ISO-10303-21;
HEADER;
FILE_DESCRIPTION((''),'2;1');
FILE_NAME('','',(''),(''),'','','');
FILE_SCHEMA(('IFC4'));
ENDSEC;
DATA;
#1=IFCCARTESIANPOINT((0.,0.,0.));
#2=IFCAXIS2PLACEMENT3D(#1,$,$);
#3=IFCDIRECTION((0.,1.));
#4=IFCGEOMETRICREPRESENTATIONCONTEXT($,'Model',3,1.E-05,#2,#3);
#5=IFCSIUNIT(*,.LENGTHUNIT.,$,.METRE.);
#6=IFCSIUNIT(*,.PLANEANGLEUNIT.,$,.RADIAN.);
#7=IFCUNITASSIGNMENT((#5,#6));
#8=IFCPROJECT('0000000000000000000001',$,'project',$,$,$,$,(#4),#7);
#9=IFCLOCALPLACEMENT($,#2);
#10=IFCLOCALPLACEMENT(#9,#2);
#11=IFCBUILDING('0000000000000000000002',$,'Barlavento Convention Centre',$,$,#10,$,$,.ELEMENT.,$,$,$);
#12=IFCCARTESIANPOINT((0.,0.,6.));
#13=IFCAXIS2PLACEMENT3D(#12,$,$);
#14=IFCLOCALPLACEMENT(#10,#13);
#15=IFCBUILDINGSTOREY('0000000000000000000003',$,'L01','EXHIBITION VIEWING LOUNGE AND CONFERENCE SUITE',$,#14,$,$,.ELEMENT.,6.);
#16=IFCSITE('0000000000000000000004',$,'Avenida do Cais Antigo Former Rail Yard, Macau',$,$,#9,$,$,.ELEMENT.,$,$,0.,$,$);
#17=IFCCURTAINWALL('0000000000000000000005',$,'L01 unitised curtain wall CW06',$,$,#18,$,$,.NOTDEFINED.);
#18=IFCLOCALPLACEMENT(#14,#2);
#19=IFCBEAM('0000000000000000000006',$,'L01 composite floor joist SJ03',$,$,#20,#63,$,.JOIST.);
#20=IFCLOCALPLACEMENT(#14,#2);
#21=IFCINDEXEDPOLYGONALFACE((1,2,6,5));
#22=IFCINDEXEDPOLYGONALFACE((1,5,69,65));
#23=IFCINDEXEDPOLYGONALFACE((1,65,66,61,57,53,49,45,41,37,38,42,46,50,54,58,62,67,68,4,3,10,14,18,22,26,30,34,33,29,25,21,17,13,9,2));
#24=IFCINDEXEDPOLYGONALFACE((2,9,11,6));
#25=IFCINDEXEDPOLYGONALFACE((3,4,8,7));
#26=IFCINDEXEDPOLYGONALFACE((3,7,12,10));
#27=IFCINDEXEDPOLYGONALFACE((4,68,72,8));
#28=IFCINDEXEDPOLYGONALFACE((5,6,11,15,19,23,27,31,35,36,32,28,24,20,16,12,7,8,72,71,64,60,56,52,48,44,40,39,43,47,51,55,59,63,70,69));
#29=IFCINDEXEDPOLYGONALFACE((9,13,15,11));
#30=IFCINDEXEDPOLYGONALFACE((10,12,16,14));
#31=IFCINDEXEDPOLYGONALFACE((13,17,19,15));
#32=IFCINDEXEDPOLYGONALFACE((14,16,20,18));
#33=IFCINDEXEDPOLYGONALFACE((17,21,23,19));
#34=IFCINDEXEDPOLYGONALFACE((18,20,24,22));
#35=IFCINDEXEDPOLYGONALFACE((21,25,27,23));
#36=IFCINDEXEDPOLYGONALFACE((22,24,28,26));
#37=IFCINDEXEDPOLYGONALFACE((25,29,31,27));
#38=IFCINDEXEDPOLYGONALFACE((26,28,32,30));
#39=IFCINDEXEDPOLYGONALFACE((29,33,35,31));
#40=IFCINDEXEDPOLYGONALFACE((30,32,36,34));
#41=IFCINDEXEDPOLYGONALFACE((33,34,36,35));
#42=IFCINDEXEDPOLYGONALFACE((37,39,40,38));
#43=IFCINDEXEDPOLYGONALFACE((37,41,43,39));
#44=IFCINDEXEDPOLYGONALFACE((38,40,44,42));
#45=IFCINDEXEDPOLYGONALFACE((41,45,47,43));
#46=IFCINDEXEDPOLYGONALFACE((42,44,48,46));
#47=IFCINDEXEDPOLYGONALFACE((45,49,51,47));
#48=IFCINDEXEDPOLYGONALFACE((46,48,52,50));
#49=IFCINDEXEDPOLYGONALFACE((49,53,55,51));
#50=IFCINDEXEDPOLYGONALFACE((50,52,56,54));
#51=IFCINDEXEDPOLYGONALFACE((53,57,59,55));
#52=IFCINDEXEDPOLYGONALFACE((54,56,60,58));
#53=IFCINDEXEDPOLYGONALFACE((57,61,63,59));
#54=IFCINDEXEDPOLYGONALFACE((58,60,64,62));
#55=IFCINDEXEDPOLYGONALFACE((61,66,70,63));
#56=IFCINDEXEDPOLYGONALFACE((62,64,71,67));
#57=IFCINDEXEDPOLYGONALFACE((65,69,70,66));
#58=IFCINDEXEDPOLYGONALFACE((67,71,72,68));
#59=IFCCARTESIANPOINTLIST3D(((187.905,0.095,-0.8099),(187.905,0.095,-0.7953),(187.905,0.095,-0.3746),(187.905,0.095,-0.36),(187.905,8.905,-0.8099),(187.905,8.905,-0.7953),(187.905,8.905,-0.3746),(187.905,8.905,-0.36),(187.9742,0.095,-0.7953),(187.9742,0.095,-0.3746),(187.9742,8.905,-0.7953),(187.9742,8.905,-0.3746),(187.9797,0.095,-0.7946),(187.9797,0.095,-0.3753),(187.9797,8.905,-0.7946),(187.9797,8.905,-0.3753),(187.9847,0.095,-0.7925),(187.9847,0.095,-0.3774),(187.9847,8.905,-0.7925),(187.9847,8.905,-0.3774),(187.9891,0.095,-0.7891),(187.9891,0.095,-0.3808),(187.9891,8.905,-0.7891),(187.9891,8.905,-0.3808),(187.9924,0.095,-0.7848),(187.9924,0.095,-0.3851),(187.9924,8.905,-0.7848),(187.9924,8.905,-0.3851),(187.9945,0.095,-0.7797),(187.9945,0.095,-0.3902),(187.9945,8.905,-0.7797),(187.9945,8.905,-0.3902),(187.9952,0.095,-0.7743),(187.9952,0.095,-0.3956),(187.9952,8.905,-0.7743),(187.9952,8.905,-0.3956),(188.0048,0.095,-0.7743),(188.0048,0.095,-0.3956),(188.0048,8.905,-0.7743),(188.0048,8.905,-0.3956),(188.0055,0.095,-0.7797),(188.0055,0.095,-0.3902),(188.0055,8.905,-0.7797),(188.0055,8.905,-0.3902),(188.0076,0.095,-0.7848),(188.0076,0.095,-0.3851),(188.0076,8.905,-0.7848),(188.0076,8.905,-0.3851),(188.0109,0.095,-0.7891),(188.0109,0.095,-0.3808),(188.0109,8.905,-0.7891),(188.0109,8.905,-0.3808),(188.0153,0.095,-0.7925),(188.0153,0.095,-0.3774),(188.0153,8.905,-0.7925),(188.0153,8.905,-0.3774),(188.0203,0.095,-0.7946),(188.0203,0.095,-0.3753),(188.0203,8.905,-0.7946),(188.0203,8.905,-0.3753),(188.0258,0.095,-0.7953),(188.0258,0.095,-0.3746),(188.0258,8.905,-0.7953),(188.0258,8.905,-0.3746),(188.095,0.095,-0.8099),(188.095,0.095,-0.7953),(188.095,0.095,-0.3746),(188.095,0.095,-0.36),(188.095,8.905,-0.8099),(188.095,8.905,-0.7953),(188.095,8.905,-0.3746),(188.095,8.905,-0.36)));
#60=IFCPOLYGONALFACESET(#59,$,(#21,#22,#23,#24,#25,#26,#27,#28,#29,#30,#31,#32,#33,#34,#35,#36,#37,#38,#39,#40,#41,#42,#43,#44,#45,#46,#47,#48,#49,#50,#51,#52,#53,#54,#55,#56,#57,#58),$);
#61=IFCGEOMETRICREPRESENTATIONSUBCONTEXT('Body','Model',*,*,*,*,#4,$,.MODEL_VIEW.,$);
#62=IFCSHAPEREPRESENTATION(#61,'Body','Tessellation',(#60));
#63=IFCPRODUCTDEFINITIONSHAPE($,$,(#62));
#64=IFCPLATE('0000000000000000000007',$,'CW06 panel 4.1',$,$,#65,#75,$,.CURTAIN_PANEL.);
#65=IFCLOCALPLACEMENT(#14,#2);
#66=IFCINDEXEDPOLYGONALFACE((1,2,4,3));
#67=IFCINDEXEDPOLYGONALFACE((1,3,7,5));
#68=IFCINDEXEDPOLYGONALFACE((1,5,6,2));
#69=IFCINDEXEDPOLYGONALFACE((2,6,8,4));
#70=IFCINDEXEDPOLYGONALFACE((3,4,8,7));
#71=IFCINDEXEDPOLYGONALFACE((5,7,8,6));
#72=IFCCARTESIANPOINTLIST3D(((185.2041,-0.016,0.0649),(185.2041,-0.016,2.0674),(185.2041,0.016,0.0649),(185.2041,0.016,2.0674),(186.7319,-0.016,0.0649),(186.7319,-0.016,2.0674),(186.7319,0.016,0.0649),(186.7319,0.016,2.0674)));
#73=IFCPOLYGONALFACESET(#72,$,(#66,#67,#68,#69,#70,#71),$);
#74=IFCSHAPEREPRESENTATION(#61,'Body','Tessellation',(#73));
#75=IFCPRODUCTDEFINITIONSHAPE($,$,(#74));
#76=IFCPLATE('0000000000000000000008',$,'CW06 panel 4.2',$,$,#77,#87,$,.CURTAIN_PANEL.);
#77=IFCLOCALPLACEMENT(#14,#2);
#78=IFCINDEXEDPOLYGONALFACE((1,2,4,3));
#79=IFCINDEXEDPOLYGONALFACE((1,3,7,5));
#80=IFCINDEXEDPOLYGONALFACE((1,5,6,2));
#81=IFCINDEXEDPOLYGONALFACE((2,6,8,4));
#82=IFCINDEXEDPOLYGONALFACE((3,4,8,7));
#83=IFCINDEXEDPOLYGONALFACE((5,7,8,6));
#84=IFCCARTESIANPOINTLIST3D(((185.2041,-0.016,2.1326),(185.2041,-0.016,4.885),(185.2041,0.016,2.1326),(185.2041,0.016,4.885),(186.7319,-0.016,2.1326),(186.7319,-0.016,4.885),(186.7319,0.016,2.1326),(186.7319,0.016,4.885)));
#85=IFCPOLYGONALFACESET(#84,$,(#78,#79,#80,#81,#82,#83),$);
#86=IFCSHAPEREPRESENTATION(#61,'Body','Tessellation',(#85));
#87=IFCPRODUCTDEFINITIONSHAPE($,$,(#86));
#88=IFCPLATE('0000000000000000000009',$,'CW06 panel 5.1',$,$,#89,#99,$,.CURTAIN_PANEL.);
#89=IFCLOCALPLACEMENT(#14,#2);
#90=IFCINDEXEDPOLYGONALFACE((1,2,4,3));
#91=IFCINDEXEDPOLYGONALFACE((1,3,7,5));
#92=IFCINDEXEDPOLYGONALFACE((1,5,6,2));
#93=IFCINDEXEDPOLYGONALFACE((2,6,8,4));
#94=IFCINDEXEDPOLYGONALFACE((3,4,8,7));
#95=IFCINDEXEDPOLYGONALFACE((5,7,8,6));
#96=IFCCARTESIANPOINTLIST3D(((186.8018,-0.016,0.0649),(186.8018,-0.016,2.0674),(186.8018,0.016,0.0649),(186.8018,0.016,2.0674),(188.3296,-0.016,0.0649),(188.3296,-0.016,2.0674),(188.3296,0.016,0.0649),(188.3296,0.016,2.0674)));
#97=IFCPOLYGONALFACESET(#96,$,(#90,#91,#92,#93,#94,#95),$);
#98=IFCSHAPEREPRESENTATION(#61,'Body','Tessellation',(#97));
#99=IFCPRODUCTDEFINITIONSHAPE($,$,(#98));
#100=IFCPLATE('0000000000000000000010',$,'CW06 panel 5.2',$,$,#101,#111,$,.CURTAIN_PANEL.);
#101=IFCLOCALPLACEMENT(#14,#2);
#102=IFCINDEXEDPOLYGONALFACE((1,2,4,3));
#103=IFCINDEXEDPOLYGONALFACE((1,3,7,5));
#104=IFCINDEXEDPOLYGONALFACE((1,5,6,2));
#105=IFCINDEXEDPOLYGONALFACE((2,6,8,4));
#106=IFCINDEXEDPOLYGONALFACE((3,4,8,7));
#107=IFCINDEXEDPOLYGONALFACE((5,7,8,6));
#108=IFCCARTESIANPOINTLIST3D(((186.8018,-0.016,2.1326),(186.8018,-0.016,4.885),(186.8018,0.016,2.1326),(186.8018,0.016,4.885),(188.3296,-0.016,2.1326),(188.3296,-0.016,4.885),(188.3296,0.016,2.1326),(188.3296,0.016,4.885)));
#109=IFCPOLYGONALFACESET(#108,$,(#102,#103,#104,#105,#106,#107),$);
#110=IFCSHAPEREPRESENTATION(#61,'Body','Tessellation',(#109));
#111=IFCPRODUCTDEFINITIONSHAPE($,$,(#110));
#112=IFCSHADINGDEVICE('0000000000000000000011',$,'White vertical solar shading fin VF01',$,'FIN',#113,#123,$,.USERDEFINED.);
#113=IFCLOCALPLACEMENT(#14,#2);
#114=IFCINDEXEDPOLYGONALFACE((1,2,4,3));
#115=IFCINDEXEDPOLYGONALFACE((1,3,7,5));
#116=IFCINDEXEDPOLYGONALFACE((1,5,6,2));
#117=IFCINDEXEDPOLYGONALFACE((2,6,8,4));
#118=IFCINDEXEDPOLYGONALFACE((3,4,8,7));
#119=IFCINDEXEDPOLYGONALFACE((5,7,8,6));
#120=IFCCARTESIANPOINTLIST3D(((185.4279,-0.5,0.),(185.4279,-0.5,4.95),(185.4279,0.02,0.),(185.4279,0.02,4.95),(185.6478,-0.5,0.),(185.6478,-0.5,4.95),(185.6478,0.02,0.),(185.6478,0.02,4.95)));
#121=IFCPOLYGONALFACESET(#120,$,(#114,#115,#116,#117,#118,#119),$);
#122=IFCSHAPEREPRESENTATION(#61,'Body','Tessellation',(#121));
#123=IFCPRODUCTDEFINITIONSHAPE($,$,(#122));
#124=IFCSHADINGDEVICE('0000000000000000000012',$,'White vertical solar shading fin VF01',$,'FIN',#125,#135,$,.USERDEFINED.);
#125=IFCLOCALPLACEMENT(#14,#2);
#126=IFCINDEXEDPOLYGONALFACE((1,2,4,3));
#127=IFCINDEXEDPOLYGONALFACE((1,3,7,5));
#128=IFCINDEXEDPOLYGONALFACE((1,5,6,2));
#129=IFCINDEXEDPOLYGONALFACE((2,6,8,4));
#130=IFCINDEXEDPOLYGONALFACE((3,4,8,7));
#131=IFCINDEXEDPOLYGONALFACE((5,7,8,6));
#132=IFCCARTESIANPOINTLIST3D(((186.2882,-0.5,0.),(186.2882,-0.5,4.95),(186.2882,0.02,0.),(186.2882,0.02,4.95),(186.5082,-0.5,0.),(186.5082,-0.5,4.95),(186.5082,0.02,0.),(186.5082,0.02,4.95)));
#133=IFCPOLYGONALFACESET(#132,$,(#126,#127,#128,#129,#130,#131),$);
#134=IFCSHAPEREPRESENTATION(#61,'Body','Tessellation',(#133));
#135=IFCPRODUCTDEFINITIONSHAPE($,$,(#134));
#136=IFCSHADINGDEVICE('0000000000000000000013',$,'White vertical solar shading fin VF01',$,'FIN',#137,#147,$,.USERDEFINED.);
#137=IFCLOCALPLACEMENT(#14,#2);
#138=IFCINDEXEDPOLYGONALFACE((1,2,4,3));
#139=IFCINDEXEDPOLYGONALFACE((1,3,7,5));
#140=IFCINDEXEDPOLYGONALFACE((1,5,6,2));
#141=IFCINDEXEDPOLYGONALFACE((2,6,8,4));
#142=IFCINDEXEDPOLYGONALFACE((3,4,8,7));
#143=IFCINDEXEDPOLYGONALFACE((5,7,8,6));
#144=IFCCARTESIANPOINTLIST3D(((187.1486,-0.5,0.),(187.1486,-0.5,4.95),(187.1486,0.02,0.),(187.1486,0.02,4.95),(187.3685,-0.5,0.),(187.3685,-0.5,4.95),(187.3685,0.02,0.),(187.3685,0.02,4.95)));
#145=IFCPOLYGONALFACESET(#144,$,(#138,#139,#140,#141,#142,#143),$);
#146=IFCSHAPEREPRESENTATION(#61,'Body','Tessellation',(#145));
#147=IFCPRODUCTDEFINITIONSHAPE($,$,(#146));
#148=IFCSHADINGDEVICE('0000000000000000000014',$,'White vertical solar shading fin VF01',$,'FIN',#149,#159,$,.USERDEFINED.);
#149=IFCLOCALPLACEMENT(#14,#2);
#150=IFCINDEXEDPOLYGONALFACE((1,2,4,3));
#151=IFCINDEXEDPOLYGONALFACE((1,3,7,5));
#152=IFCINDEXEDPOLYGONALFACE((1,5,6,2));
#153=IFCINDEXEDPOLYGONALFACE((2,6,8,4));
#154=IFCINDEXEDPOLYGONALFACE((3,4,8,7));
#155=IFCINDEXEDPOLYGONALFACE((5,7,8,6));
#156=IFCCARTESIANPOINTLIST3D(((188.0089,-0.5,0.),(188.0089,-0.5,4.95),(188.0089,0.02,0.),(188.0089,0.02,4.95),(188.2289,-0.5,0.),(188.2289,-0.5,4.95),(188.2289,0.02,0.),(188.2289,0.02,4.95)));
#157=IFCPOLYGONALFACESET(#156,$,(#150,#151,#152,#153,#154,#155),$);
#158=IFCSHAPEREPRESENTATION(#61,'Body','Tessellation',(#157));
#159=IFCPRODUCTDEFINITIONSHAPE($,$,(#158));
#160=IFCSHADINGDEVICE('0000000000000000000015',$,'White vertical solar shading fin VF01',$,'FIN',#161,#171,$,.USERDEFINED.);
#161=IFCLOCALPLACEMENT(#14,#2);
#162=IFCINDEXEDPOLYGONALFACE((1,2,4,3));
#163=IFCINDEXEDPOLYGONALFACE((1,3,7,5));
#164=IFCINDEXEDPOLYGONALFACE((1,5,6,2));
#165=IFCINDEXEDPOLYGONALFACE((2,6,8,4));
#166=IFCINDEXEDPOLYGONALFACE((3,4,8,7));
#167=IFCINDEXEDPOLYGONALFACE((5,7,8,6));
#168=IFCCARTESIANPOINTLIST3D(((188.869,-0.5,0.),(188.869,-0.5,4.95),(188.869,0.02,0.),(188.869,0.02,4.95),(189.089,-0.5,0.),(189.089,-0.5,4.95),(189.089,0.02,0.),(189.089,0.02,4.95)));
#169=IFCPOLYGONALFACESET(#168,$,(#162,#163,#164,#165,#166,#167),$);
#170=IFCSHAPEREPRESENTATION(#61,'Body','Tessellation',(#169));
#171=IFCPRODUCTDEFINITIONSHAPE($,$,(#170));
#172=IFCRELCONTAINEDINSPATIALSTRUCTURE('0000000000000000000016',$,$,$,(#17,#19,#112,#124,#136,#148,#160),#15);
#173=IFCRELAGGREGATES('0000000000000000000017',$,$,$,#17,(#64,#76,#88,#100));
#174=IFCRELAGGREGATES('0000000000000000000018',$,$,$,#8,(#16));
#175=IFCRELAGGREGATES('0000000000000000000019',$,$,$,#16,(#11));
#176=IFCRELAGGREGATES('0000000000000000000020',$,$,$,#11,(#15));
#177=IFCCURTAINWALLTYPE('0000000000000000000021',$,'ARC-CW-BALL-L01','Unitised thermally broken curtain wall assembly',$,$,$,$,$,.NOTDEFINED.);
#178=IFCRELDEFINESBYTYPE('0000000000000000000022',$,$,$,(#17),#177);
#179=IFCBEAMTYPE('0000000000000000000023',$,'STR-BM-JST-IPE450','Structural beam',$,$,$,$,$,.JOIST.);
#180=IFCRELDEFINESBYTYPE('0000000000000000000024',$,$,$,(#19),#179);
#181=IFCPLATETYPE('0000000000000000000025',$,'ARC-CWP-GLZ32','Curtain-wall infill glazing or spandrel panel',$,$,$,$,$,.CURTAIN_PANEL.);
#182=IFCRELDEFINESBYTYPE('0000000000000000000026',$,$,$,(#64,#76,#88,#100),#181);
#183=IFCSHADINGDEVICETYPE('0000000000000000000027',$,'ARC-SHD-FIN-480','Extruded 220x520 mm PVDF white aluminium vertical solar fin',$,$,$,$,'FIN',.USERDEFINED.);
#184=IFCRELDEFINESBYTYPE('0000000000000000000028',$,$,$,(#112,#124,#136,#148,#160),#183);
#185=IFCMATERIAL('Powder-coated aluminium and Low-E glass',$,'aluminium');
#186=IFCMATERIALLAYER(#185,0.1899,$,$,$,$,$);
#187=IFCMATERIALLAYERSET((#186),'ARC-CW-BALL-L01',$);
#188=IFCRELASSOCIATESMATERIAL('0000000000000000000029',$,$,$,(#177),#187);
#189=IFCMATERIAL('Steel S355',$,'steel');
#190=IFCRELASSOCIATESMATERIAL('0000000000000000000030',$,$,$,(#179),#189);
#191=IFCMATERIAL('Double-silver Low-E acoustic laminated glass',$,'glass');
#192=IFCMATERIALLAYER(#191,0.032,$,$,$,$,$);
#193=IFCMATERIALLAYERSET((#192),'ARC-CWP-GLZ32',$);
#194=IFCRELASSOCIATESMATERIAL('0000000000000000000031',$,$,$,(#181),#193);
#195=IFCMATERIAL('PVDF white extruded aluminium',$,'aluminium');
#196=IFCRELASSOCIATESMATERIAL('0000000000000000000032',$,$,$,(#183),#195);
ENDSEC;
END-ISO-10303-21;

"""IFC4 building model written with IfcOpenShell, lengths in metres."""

from ifc_helpers import new_model, si_unit, direction, frame, origin, origin_2d, place, context, subcontext, project, spatial, rectangle, i_section, extrude, material, layer, layer_set, material_profile, profile_set, type_object, element, aggregate, save


model = new_model("IFC4")

# Units and contexts
model_context = context("Model", 3, precision=1e-05, world=origin(), true_north=direction((0.0, 1.0)))
body_context = subcontext(model_context, "Body", "Model", "MODEL_VIEW")
ifc_project = project(units=[si_unit("LENGTHUNIT", "METRE"), si_unit("PLANEANGLEUNIT", "RADIAN")], contexts=[model_context])

# Site, building, storey
site_placement = place(None, origin())
site = spatial("IfcSite", under=ifc_project, at=site_placement, Name="Avenida do Cais Antigo Former Rail Yard, Macau", CompositionType="ELEMENT", RefElevation=0.0)
building_placement = place(site_placement, origin())
building = spatial("IfcBuilding", under=site, at=building_placement, Name="Barlavento Convention Centre", CompositionType="ELEMENT")
storey_placement = place(building_placement, frame((0.0, 0.0, 6.0)))
storey = spatial("IfcBuildingStorey", under=building, at=storey_placement, Name="L01", Description="EXHIBITION VIEWING LOUNGE AND CONFERENCE SUITE", CompositionType="ELEMENT", Elevation=6.0)

# Curtain wall
ifc_material_1 = material(Name="Powder-coated aluminium and Low-E glass", Category="aluminium")
ifc_layer_1 = layer(ifc_material_1, 0.1899)
ifc_layer_set_1 = layer_set([ifc_layer_1], Name="ARC-CW-BALL-L01")
curtain_wall_type = type_object("IfcCurtainWallType", Name="ARC-CW-BALL-L01", Description="Unitised thermally broken curtain wall assembly", PredefinedType="NOTDEFINED", material=ifc_layer_set_1)
curtain_wall_placement = place(storey_placement, origin())
curtain_wall = element("IfcCurtainWall", 1, at=curtain_wall_placement, inside=storey, type_object=curtain_wall_type, Name="L01 unitised curtain wall CW06", PredefinedType="NOTDEFINED")

# Beam
ifc_material_2 = material(Name="Steel S355", Category="steel")
ifc_material_profile_1 = material_profile(ifc_material_2, i_section(OverallWidth=0.1899, OverallDepth=0.45, WebThickness=0.0095, FlangeThickness=0.0146, FilletRadius=0.021, at=origin_2d()), Name="IPE 450")
ifc_profile_set_1 = profile_set([ifc_material_profile_1], Name="Steel S355")
beam_type = type_object("IfcBeamType", Name="STR-BM-JST-IPE450", Description="Structural beam", PredefinedType="JOIST", material=ifc_profile_set_1)
beam_placement = place(storey_placement, frame((188.0, 0.095, -0.585), z_axis=(0.0, 1.0, 0.0), x_axis=(-1.0, 0.0, 0.0)))
element("IfcBeam", 2, at=beam_placement, inside=storey, type_object=beam_type, Name="L01 composite floor joist SJ03", PredefinedType="JOIST", context=body_context, shape_type="SweptSolid", body=[
    extrude(i_section(OverallWidth=0.1899, OverallDepth=0.45, WebThickness=0.0095, FlangeThickness=0.0146, FilletRadius=0.021, at=origin_2d()), origin(), (0.0, 0.0, 1.0), 8.8101),
])

# Plates
ifc_material_3 = material(Name="Double-silver Low-E acoustic laminated glass", Category="glass")
ifc_layer_2 = layer(ifc_material_3, 0.032)
ifc_layer_set_2 = layer_set([ifc_layer_2], Name="ARC-CWP-GLZ32")
plate_type = type_object("IfcPlateType", Name="ARC-CWP-GLZ32", Description="Curtain-wall infill glazing or spandrel panel", PredefinedType="CURTAIN_PANEL", material=ifc_layer_set_2)
plate_1_placement = place(storey_placement, frame((185.968, 0.0, 0.0649), z_axis=(0.0, 0.0, 1.0), x_axis=(1.0, 0.0, 0.0)))
plate_1 = element("IfcPlate", 3, at=plate_1_placement, type_object=plate_type, Name="CW06 panel 4.1", PredefinedType="CURTAIN_PANEL", context=body_context, shape_type="SweptSolid", body=[
    extrude(rectangle(XDim=1.5278, YDim=0.032, at=origin_2d()), origin(), (0.0, 0.0, 1.0), 2.0024),
])
plate_2_placement = place(storey_placement, frame((185.968, 0.0, 2.1326), z_axis=(0.0, 0.0, 1.0), x_axis=(1.0, 0.0, 0.0)))
plate_2 = element("IfcPlate", 4, at=plate_2_placement, type_object=plate_type, Name="CW06 panel 4.2", PredefinedType="CURTAIN_PANEL", context=body_context, shape_type="SweptSolid", body=[
    extrude(rectangle(XDim=1.5278, YDim=0.032, at=origin_2d()), origin(), (0.0, 0.0, 1.0), 2.7524),
])
plate_3_placement = place(storey_placement, frame((187.5657, 0.0, 0.0649), z_axis=(0.0, 0.0, 1.0), x_axis=(1.0, 0.0, 0.0)))
plate_3 = element("IfcPlate", 5, at=plate_3_placement, type_object=plate_type, Name="CW06 panel 5.1", PredefinedType="CURTAIN_PANEL", context=body_context, shape_type="SweptSolid", body=[
    extrude(rectangle(XDim=1.5278, YDim=0.032, at=origin_2d()), origin(), (0.0, 0.0, 1.0), 2.0024),
])
plate_4_placement = place(storey_placement, frame((187.5657, 0.0, 2.1326), z_axis=(0.0, 0.0, 1.0), x_axis=(1.0, 0.0, 0.0)))
plate_4 = element("IfcPlate", 6, at=plate_4_placement, type_object=plate_type, Name="CW06 panel 5.2", PredefinedType="CURTAIN_PANEL", context=body_context, shape_type="SweptSolid", body=[
    extrude(rectangle(XDim=1.5278, YDim=0.032, at=origin_2d()), origin(), (0.0, 0.0, 1.0), 2.7524),
])
aggregate(curtain_wall, [plate_1, plate_2, plate_3, plate_4])

# Shading devices
ifc_material_4 = material(Name="PVDF white extruded aluminium", Category="aluminium")
shading_device_type = type_object("IfcShadingDeviceType", Name="ARC-SHD-FIN-480", Description="Extruded 220x520 mm PVDF white aluminium vertical solar fin", ElementType="FIN", PredefinedType="USERDEFINED", material=ifc_material_4)
for number, where, z_axis, x_axis, name in (
    (7, (185.5378, -0.24, 0.0), (0.0, 0.0, 1.0), (1.0, 0.0, 0.0), "White vertical solar shading fin VF01"),
    (8, (186.3982, -0.24, 0.0), (0.0, 0.0, 1.0), (1.0, 0.0, 0.0), "White vertical solar shading fin VF01"),
    (9, (187.2585, -0.24, 0.0), (0.0, 0.0, 1.0), (1.0, 0.0, 0.0), "White vertical solar shading fin VF01"),
    (10, (188.1189, -0.24, 0.0), (0.0, 0.0, 1.0), (1.0, 0.0, 0.0), "White vertical solar shading fin VF01"),
    (11, (188.979, -0.24, 0.0), (0.0, 0.0, 1.0), (1.0, 0.0, 0.0), "White vertical solar shading fin VF01"),
):
    element("IfcShadingDevice", number, at=place(storey_placement, frame(where, z_axis=z_axis, x_axis=x_axis)), inside=storey, type_object=shading_device_type, Name=name, ObjectType="FIN", PredefinedType="USERDEFINED", context=body_context, shape_type="SweptSolid", body=[
        extrude(rectangle(XDim=0.22, YDim=0.52, at=origin_2d()), origin(), (0.0, 0.0, 1.0), 4.95),
    ])

save(model, "model.ifc")
